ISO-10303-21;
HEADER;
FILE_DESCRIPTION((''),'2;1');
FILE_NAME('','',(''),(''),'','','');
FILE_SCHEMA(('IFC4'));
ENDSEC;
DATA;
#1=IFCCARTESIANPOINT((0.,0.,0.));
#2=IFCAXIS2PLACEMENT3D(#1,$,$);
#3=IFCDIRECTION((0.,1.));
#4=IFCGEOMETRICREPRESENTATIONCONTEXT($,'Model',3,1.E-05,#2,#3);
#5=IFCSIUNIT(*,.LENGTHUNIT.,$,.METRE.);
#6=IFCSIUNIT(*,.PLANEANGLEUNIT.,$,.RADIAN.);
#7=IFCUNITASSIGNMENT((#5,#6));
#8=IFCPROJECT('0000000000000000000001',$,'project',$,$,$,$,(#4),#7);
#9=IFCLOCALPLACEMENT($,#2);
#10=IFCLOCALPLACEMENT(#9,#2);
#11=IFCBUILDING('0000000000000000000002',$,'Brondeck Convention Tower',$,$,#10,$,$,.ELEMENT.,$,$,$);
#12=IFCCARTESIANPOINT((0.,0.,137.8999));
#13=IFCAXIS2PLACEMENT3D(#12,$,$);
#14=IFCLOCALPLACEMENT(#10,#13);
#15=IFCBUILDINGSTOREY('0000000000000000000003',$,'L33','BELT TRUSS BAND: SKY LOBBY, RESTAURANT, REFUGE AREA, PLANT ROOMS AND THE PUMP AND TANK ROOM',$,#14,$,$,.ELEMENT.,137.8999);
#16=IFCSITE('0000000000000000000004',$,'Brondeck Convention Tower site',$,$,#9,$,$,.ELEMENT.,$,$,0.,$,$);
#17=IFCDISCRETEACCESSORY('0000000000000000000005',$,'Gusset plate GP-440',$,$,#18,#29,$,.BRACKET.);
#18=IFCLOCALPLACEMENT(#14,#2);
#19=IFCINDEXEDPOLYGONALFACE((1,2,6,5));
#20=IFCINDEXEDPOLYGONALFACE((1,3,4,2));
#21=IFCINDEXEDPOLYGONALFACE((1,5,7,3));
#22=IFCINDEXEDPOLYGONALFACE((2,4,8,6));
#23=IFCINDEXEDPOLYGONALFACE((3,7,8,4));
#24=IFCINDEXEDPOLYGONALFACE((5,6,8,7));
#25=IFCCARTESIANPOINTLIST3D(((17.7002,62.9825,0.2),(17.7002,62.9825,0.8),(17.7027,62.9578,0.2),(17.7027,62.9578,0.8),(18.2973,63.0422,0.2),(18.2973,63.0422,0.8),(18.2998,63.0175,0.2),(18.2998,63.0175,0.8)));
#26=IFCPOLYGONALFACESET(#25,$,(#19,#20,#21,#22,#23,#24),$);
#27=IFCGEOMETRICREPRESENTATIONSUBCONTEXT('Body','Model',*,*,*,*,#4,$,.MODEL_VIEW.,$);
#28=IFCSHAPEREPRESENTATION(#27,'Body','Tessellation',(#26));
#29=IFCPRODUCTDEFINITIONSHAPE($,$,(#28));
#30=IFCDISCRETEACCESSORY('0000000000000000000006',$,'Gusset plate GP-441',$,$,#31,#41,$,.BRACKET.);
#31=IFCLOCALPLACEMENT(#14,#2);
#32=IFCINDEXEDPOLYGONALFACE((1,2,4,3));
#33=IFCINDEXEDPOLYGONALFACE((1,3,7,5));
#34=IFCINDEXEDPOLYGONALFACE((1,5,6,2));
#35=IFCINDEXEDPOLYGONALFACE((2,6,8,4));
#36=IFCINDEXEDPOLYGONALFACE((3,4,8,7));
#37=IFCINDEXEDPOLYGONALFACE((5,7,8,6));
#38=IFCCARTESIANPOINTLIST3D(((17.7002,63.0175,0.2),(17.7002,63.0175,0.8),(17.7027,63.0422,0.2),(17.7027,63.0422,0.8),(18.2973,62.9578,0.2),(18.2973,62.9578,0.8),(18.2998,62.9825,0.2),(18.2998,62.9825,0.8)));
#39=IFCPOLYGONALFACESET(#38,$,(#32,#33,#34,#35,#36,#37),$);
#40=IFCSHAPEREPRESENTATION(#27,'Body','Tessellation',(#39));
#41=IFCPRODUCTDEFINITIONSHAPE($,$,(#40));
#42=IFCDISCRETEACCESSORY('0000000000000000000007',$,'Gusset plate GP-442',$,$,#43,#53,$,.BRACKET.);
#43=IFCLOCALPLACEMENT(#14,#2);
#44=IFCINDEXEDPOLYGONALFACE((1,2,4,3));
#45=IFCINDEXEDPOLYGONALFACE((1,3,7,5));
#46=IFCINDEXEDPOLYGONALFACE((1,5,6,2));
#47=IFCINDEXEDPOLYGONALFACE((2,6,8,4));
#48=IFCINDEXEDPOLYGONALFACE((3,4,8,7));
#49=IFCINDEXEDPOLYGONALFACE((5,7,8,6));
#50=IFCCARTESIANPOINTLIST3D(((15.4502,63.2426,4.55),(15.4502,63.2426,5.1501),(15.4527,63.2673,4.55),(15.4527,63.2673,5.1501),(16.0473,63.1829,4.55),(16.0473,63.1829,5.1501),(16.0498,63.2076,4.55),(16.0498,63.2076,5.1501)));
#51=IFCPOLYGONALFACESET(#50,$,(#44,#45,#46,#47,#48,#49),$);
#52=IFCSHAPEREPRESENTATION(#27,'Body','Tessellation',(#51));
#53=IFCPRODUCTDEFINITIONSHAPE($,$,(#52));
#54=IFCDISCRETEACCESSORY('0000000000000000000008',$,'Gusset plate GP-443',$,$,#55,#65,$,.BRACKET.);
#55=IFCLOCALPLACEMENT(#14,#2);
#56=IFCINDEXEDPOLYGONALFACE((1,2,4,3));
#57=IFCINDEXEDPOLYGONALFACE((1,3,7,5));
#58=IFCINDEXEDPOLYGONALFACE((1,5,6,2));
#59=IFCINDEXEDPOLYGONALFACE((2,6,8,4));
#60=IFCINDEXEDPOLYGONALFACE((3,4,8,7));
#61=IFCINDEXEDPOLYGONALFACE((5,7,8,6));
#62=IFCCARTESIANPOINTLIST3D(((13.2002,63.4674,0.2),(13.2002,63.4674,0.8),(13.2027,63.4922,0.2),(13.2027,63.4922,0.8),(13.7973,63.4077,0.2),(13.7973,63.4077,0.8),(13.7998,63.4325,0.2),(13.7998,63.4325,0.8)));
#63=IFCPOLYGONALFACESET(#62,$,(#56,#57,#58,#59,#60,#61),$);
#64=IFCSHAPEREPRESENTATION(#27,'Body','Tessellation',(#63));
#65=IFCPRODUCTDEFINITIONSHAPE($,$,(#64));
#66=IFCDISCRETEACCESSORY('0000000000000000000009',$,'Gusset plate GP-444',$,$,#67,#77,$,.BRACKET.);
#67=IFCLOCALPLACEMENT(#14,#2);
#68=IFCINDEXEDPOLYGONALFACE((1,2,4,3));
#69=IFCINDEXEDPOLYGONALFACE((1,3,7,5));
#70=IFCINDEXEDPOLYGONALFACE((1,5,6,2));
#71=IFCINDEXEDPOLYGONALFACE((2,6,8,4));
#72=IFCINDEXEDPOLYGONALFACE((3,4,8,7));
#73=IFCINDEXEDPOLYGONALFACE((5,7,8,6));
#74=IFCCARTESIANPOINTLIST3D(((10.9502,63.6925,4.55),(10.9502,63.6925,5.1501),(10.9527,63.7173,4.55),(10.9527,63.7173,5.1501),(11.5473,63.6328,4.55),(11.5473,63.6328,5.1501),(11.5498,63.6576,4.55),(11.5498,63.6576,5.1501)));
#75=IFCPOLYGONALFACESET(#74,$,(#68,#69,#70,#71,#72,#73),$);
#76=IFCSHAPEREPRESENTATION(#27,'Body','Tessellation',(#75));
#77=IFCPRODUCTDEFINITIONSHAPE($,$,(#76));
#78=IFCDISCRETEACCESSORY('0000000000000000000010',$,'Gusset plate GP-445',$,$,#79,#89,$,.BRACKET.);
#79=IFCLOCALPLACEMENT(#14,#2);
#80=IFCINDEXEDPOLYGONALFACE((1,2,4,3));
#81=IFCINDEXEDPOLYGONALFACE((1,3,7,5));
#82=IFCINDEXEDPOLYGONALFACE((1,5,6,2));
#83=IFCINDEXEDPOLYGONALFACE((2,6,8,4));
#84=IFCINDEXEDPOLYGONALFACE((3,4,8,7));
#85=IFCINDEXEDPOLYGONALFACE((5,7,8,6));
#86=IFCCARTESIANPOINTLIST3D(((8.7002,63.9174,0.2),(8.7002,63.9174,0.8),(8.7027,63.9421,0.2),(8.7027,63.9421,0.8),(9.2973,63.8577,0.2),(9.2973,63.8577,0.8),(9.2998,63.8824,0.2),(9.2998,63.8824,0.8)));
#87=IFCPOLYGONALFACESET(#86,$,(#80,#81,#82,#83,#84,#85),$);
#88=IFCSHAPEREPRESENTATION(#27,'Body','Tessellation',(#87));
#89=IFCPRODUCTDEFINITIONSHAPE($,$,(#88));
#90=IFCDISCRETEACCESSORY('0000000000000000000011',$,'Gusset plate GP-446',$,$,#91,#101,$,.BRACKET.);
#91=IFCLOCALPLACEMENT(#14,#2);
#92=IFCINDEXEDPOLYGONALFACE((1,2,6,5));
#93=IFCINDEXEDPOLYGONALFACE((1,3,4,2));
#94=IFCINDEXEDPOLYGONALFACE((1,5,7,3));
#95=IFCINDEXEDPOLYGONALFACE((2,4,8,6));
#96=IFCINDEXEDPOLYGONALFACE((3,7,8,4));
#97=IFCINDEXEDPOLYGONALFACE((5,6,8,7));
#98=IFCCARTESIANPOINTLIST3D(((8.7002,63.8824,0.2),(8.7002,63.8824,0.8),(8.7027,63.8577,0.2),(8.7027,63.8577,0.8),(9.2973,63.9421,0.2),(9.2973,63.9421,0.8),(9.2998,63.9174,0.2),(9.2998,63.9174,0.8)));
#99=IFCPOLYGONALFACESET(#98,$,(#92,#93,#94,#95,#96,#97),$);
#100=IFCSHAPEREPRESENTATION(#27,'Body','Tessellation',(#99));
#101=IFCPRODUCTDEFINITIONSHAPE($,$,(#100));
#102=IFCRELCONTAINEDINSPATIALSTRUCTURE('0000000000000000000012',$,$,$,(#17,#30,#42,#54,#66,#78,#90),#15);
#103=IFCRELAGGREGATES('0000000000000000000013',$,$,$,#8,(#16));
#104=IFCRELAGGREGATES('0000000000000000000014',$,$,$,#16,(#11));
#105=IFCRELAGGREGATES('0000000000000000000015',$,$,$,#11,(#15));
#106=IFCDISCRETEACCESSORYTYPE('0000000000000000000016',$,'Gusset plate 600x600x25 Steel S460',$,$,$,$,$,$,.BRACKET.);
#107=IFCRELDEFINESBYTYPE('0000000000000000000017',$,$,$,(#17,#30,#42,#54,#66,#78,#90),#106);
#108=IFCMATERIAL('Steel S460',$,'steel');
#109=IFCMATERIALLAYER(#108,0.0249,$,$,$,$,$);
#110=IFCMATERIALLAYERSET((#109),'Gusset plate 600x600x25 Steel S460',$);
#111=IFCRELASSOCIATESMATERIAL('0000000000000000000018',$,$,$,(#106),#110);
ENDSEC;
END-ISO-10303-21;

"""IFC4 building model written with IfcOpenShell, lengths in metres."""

from ifc_helpers import new_model, si_unit, direction, frame, origin, origin_2d, place, context, subcontext, project, spatial, rectangle, extrude, material, layer, layer_set, type_object, element, save


model = new_model("IFC4")

# Units and contexts
model_context = context("Model", 3, precision=1e-05, world=origin(), true_north=direction((0.0, 1.0)))
body_context = subcontext(model_context, "Body", "Model", "MODEL_VIEW")
ifc_project = project(units=[si_unit("LENGTHUNIT", "METRE"), si_unit("PLANEANGLEUNIT", "RADIAN")], contexts=[model_context])

# Site, building, storey
site_placement = place(None, origin())
site = spatial("IfcSite", under=ifc_project, at=site_placement, Name="Brondeck Convention Tower site", CompositionType="ELEMENT", RefElevation=0.0)
building_placement = place(site_placement, origin())
building = spatial("IfcBuilding", under=site, at=building_placement, Name="Brondeck Convention Tower", CompositionType="ELEMENT")
storey_placement = place(building_placement, frame((0.0, 0.0, 137.8999)))
storey = spatial("IfcBuildingStorey", under=building, at=storey_placement, Name="L33", Description="BELT TRUSS BAND: SKY LOBBY, RESTAURANT, REFUGE AREA, PLANT ROOMS AND THE PUMP AND TANK ROOM", CompositionType="ELEMENT", Elevation=137.8999)

# Shared definitions
ifc_material_1 = material(Name="Steel S460", Category="steel")

# Discrete accessories
ifc_layer_1 = layer(ifc_material_1, 0.0249)
ifc_layer_set_1 = layer_set([ifc_layer_1], Name="Gusset plate 600x600x25 Steel S460")
discrete_accessory_type = type_object("IfcDiscreteAccessoryType", Name="Gusset plate 600x600x25 Steel S460", PredefinedType="BRACKET", material=ifc_layer_set_1)
for number, where, z_axis, x_axis, name in (
    (1, (18.0, 63.0, 0.2), (0.0, 0.0, 1.0), (0.995036, 0.099511, 0.0), "Gusset plate GP-440"),
    (2, (18.0, 63.0, 0.2), (0.0, 0.0, 1.0), (-0.995036, 0.099511, 0.0), "Gusset plate GP-441"),
    (3, (15.75, 63.2251, 4.55), (0.0, 0.0, 1.0), (-0.995036, 0.099511, 0.0), "Gusset plate GP-442"),
    (4, (13.5, 63.45, 0.2), (0.0, 0.0, 1.0), (-0.995036, 0.099511, 0.0), "Gusset plate GP-443"),
    (5, (11.25, 63.675, 4.55), (0.0, 0.0, 1.0), (-0.995036, 0.099511, 0.0), "Gusset plate GP-444"),
    (6, (9.0, 63.8999, 0.2), (0.0, 0.0, 1.0), (-0.995036, 0.099511, 0.0), "Gusset plate GP-445"),
    (7, (9.0, 63.8999, 0.2), (0.0, 0.0, 1.0), (0.995036, 0.099511, 0.0), "Gusset plate GP-446"),
):
    element("IfcDiscreteAccessory", number, at=place(storey_placement, frame(where, z_axis=z_axis, x_axis=x_axis)), inside=storey, type_object=discrete_accessory_type, Name=name, PredefinedType="BRACKET", context=body_context, shape_type="SweptSolid", body=[
        extrude(rectangle(XDim=0.6001, YDim=0.0249, at=origin_2d()), origin(), (0.0, 0.0, 1.0), 0.6001),
    ])

save(model, "model.ifc")
